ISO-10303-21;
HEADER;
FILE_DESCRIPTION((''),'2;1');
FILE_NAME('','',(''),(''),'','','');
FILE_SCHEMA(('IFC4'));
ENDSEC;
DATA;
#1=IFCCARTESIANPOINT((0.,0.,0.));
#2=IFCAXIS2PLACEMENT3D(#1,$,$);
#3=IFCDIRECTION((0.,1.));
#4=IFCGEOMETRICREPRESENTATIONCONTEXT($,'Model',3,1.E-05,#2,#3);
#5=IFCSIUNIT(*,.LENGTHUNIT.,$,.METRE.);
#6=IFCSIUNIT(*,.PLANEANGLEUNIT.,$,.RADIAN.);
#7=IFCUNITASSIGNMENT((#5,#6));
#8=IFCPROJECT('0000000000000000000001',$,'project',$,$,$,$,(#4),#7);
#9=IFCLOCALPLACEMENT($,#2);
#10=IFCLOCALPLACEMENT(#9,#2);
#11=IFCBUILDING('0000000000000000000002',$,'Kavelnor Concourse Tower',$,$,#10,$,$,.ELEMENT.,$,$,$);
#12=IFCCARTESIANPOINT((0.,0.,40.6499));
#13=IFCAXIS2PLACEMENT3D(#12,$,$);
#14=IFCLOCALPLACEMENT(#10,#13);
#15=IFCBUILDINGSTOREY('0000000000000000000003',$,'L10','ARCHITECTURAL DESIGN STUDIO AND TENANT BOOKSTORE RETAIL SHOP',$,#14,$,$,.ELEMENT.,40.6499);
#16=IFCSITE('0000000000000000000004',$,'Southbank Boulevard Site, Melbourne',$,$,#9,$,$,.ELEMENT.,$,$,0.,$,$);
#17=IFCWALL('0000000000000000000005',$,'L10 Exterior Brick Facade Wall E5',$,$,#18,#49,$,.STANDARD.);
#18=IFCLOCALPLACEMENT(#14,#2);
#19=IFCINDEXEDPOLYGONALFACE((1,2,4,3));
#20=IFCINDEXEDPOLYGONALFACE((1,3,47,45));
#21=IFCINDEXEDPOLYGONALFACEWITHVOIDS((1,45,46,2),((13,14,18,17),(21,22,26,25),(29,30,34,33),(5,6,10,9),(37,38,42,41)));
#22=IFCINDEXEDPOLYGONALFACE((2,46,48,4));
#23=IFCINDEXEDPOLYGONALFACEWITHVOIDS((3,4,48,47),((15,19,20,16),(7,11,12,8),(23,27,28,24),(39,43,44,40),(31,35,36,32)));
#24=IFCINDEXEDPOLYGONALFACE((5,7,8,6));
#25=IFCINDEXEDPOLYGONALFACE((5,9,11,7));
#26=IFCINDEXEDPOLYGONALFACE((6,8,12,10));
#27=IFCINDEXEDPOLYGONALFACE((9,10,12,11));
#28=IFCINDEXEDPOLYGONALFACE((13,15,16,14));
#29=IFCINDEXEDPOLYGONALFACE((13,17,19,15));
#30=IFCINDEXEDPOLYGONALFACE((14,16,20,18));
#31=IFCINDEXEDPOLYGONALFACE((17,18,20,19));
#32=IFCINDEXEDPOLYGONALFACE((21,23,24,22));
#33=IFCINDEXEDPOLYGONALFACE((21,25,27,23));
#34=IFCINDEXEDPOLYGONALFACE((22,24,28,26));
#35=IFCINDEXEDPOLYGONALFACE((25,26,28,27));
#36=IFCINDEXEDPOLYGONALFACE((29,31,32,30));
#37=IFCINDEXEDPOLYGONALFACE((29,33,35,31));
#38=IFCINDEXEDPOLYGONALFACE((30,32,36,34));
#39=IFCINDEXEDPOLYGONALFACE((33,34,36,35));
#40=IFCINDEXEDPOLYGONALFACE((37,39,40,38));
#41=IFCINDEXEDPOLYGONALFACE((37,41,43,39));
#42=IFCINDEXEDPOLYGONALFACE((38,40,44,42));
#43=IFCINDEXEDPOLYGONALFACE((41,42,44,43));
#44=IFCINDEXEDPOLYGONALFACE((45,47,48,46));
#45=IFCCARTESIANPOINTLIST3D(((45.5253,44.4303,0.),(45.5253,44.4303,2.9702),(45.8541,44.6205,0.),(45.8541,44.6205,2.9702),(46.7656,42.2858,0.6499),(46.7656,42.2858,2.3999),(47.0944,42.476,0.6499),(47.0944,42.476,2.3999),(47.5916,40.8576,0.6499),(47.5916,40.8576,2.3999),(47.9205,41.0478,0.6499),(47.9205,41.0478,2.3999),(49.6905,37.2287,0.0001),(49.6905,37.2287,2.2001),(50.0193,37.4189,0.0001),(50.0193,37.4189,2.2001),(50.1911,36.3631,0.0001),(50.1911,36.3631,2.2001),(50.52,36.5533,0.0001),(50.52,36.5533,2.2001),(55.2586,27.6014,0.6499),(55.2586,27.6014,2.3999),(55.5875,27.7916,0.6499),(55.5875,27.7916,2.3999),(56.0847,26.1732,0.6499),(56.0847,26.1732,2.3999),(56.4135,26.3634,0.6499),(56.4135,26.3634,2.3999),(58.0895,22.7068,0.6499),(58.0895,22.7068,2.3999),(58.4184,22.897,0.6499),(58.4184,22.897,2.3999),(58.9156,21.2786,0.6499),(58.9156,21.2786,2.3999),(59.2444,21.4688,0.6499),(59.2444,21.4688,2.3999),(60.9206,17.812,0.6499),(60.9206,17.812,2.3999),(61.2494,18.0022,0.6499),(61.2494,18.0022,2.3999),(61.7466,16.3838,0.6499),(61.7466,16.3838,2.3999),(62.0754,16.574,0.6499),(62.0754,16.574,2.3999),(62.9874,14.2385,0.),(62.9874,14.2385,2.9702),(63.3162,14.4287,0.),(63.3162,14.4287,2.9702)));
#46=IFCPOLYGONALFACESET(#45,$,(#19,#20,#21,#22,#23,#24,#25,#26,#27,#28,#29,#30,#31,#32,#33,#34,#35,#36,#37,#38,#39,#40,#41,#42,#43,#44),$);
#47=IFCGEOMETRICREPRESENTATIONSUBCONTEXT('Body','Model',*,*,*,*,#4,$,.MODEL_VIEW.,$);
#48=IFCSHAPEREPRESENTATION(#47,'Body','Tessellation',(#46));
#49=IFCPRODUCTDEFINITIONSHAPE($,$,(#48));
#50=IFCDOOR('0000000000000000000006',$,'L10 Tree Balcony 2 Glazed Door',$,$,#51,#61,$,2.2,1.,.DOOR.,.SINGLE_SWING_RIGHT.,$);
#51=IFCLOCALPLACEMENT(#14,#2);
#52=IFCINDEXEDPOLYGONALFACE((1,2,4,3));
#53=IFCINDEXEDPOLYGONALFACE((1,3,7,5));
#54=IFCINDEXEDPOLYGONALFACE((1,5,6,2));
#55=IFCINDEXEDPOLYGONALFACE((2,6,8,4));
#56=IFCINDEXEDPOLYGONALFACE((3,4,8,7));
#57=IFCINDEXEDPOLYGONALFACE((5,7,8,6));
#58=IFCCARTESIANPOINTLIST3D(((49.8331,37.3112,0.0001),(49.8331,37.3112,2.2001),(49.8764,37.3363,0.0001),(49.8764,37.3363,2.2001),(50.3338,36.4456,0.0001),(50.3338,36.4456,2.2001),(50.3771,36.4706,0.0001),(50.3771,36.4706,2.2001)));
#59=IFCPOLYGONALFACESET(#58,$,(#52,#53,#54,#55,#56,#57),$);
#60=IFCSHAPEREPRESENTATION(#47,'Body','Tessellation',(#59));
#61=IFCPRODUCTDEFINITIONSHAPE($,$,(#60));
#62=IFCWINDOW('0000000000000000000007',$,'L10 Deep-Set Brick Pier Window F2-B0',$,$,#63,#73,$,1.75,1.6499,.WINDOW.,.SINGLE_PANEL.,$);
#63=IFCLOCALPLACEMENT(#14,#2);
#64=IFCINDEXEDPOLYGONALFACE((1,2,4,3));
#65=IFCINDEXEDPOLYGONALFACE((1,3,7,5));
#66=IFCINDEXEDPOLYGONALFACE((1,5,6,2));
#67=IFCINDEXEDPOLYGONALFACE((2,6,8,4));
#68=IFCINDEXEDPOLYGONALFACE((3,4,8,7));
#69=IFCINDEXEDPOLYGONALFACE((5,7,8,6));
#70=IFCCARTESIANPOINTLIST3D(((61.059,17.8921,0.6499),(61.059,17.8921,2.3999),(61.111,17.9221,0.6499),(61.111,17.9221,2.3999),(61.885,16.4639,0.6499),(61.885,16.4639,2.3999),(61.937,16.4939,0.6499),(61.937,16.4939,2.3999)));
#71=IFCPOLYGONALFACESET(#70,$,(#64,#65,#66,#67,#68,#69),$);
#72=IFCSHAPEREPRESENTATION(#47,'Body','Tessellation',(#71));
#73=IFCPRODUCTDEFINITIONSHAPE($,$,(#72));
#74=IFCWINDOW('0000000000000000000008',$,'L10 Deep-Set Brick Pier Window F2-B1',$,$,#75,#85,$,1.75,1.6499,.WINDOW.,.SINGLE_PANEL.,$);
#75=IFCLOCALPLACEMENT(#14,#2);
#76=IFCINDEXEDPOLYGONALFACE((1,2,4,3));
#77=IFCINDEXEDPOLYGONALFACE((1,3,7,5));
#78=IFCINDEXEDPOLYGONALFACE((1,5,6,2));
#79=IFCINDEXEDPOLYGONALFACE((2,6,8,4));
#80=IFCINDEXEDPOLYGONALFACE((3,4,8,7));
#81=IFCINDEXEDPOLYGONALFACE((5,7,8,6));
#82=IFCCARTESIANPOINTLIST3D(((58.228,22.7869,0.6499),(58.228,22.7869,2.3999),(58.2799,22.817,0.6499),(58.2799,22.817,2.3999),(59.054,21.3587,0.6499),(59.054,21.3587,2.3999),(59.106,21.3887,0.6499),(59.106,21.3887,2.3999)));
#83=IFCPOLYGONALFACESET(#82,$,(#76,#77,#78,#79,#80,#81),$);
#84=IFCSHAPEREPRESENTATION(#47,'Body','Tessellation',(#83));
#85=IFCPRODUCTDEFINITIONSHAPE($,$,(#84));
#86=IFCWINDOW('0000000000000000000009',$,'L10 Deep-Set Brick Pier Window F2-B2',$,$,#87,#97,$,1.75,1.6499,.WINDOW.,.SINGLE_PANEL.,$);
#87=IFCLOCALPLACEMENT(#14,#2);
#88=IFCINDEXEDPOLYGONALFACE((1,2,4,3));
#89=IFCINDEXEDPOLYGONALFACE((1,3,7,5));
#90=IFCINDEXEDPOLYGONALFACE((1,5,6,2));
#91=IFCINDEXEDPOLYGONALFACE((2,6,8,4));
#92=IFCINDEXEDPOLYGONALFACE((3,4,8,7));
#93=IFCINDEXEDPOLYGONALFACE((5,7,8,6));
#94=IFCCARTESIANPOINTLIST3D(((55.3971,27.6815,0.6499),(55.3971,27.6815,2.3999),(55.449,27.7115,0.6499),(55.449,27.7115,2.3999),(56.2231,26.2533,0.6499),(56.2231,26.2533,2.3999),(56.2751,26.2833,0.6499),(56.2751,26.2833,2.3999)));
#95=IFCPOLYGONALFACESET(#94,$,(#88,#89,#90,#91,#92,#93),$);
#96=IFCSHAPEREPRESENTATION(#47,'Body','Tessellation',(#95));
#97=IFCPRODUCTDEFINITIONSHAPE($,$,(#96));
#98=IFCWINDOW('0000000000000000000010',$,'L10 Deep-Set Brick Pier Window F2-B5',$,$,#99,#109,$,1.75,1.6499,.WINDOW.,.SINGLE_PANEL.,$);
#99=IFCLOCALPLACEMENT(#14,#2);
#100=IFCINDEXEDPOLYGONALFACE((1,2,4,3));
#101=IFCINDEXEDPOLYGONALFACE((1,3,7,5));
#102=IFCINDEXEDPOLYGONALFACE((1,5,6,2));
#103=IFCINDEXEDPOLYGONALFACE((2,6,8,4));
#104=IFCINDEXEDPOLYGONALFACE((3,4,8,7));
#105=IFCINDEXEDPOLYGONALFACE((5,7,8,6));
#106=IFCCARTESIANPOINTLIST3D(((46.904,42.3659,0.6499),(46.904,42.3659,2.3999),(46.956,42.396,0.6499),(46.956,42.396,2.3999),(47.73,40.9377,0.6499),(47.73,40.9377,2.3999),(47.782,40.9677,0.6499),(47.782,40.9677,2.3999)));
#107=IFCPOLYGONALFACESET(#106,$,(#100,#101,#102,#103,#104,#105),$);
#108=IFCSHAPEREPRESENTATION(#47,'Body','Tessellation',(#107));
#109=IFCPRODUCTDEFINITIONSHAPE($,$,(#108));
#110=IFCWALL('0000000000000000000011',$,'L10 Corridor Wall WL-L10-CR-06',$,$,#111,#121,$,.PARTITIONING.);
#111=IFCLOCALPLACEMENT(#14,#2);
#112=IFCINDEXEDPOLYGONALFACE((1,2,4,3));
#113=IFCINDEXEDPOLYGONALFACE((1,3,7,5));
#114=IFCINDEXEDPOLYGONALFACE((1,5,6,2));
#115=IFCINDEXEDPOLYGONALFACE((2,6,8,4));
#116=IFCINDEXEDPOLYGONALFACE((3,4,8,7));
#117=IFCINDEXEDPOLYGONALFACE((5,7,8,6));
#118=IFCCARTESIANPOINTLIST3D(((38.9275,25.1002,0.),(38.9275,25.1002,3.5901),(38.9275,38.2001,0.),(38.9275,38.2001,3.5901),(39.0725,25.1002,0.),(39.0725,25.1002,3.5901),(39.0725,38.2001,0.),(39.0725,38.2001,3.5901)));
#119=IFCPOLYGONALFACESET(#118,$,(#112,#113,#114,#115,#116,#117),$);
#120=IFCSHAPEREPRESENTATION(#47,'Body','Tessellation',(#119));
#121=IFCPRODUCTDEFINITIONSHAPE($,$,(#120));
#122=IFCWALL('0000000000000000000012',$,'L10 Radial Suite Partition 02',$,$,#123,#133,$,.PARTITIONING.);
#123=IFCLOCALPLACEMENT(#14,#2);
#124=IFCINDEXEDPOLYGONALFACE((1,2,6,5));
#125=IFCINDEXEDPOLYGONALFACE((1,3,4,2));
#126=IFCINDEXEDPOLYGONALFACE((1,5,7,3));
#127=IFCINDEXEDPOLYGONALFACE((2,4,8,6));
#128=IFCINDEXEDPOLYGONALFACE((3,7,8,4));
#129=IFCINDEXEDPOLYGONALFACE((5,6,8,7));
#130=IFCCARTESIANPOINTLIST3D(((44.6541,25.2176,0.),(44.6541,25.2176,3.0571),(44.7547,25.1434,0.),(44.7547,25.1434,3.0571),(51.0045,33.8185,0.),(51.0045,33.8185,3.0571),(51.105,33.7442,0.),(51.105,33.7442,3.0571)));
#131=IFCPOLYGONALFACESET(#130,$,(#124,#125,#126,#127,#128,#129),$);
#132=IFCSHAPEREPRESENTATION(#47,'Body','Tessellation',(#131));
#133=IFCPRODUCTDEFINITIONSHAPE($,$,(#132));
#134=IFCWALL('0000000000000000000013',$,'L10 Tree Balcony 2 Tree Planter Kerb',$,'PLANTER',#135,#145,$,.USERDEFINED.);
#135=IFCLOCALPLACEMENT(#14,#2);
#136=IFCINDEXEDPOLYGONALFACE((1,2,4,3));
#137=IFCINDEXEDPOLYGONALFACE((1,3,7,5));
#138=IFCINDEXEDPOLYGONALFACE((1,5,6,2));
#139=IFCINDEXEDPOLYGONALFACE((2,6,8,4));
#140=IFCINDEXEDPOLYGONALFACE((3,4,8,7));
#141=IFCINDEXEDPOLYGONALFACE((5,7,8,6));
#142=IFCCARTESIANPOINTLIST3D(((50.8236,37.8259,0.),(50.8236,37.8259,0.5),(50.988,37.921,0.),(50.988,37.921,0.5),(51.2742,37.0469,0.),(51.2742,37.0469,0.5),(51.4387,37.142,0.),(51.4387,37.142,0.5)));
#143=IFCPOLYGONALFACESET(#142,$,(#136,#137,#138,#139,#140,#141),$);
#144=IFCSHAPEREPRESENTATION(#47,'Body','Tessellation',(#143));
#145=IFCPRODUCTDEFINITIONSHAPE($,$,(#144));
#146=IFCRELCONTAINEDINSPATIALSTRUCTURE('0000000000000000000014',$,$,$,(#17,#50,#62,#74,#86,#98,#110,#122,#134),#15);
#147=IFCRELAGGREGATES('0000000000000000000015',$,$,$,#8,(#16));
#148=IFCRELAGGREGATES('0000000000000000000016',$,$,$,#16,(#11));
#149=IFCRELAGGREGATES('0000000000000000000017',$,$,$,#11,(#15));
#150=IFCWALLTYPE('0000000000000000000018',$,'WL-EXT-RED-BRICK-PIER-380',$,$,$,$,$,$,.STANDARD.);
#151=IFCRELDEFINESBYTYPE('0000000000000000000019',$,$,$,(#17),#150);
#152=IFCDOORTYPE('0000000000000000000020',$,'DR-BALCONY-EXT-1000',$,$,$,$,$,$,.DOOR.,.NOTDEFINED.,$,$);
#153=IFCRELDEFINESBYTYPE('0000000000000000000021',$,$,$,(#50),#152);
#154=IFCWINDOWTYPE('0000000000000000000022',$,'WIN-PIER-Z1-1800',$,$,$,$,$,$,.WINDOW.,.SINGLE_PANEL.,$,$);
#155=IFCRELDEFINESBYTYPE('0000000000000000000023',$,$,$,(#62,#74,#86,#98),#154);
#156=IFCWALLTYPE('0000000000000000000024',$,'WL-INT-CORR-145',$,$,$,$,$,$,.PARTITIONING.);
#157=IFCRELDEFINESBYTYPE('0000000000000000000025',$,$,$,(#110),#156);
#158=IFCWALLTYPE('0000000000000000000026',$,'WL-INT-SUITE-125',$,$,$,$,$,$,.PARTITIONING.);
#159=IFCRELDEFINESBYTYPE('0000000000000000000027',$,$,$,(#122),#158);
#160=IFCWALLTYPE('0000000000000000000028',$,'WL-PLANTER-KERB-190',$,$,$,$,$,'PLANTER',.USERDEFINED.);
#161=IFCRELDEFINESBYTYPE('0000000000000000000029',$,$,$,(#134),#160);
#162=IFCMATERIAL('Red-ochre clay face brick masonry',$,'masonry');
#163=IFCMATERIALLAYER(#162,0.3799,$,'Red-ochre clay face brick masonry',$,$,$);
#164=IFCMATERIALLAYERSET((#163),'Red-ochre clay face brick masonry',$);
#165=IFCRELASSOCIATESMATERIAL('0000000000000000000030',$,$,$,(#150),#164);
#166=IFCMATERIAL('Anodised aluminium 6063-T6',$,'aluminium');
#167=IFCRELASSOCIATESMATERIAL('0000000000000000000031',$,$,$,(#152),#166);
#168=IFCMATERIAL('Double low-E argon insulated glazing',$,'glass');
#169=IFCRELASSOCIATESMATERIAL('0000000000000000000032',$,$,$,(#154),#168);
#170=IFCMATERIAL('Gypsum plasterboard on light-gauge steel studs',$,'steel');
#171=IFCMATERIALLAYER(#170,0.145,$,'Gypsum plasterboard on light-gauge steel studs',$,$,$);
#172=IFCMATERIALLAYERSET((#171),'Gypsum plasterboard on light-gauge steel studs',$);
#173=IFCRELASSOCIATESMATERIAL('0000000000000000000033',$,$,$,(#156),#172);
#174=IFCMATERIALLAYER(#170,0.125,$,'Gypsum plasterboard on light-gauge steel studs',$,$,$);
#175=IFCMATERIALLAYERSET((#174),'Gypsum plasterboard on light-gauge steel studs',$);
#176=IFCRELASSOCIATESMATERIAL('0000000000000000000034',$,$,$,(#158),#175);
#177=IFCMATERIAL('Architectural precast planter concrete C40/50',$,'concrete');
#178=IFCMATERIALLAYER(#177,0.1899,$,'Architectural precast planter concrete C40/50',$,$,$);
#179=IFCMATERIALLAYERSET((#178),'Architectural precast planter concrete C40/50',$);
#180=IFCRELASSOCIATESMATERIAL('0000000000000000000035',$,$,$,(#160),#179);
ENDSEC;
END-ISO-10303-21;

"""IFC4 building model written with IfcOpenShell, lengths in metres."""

from ifc_helpers import new_model, si_unit, direction, frame, frame_2d, origin, place, context, subcontext, project, spatial, rectangle, extrude, material, layer, layer_set, type_object, element, fill, save


model = new_model("IFC4")

# Units and contexts
model_context = context("Model", 3, precision=1e-05, world=origin(), true_north=direction((0.0, 1.0)))
body_context = subcontext(model_context, "Body", "Model", "MODEL_VIEW")
ifc_project = project(units=[si_unit("LENGTHUNIT", "METRE"), si_unit("PLANEANGLEUNIT", "RADIAN")], contexts=[model_context])

# Site, building, storey
site_placement = place(None, origin())
site = spatial("IfcSite", under=ifc_project, at=site_placement, Name="Southbank Boulevard Site, Melbourne", CompositionType="ELEMENT", RefElevation=0.0)
building_placement = place(site_placement, origin())
building = spatial("IfcBuilding", under=site, at=building_placement, Name="Kavelnor Concourse Tower", CompositionType="ELEMENT")
storey_placement = place(building_placement, frame((0.0, 0.0, 40.6499)))
storey = spatial("IfcBuildingStorey", under=building, at=storey_placement, Name="L10", Description="ARCHITECTURAL DESIGN STUDIO AND TENANT BOOKSTORE RETAIL SHOP", CompositionType="ELEMENT", Elevation=40.6499)

# Wall, openings, door, windows
ifc_material_1 = material(Name="Red-ochre clay face brick masonry", Category="masonry")
ifc_layer_1 = layer(ifc_material_1, 0.3799, Name="Red-ochre clay face brick masonry")
ifc_layer_set_1 = layer_set([ifc_layer_1], Name="Red-ochre clay face brick masonry")
wall_type_1 = type_object("IfcWallType", Name="WL-EXT-RED-BRICK-PIER-380", PredefinedType="STANDARD", material=ifc_layer_set_1)
wall_1_placement = place(storey_placement, frame((45.6897, 44.5254, 0.0), z_axis=(0.0, 0.0, 1.0), x_axis=(0.500663, -0.865642, 0.0)))
wall_1 = element("IfcWall", 1, at=wall_1_placement, inside=storey, type_object=wall_type_1, Name="L10 Exterior Brick Facade Wall E5", PredefinedType="STANDARD", context=body_context, shape_type="SweptSolid", body=[
    extrude(rectangle(XDim=34.8779, YDim=0.3799, at=frame_2d((17.439, 0.0))), origin(), (0.0, 0.0, 1.0), 2.9702),
])
opening_1_placement = place(wall_1_placement, frame((8.3193, 0.0, 0.0)))
opening_1 = element("IfcOpeningElement", 2, at=opening_1_placement, cuts=wall_1, PredefinedType="OPENING", context=body_context, shape_type="SweptSolid", body=[
    extrude(rectangle(XDim=1.0, YDim=2.2, at=frame_2d((0.5, 1.1001))), frame((0.0, 0.2, 0.0), z_axis=(0.0, -1.0, 0.0), x_axis=(1.0, 0.0, 0.0)), (0.0, 0.0, 1.0), 0.3999),
])
opening_2_placement = place(wall_1_placement, frame((30.7498, 0.0, 0.6499)))
opening_2 = element("IfcOpeningElement", 3, at=opening_2_placement, cuts=wall_1, PredefinedType="OPENING", context=body_context, shape_type="SweptSolid", body=[
    extrude(rectangle(XDim=1.6499, YDim=1.75, at=frame_2d((0.825, 0.875))), frame((0.0, 0.2, 0.0), z_axis=(0.0, -1.0, 0.0), x_axis=(1.0, 0.0, 0.0)), (0.0, 0.0, 1.0), 0.3999),
])
opening_3_placement = place(wall_1_placement, frame((25.0952, 0.0, 0.6499)))
opening_3 = element("IfcOpeningElement", 4, at=opening_3_placement, cuts=wall_1, PredefinedType="OPENING", context=body_context, shape_type="SweptSolid", body=[
    extrude(rectangle(XDim=1.6499, YDim=1.75, at=frame_2d((0.825, 0.875))), frame((0.0, 0.2, 0.0), z_axis=(0.0, -1.0, 0.0), x_axis=(1.0, 0.0, 0.0)), (0.0, 0.0, 1.0), 0.3999),
])
opening_4_placement = place(wall_1_placement, frame((19.4409, 0.0, 0.6499)))
opening_4 = element("IfcOpeningElement", 5, at=opening_4_placement, cuts=wall_1, PredefinedType="OPENING", context=body_context, shape_type="SweptSolid", body=[
    extrude(rectangle(XDim=1.6499, YDim=1.75, at=frame_2d((0.825, 0.875))), frame((0.0, 0.2, 0.0), z_axis=(0.0, -1.0, 0.0), x_axis=(1.0, 0.0, 0.0)), (0.0, 0.0, 1.0), 0.3999),
])
opening_5_placement = place(wall_1_placement, frame((2.4773, 0.0, 0.6499)))
opening_5 = element("IfcOpeningElement", 6, at=opening_5_placement, cuts=wall_1, PredefinedType="OPENING", context=body_context, shape_type="SweptSolid", body=[
    extrude(rectangle(XDim=1.6499, YDim=1.75, at=frame_2d((0.825, 0.875))), frame((0.0, 0.2, 0.0), z_axis=(0.0, -1.0, 0.0), x_axis=(1.0, 0.0, 0.0)), (0.0, 0.0, 1.0), 0.3999),
])
ifc_material_2 = material(Name="Anodised aluminium 6063-T6", Category="aluminium")
door_type = type_object("IfcDoorType", Name="DR-BALCONY-EXT-1000", OperationType="NOTDEFINED", PredefinedType="DOOR", material=ifc_material_2)
door_placement = place(opening_1_placement, origin())
door = element("IfcDoor", 7, at=door_placement, inside=storey, type_object=door_type, Name="L10 Tree Balcony 2 Glazed Door", OperationType="SINGLE_SWING_RIGHT", OverallHeight=2.2, OverallWidth=1.0, PredefinedType="DOOR", context=body_context, shape_type="SweptSolid", body=[
    extrude(rectangle(XDim=1.0, YDim=2.2, at=frame_2d((0.5, 1.1001))), frame((0.0, 0.0249, 0.0), z_axis=(0.0, -1.0, 0.0), x_axis=(1.0, 0.0, 0.0)), (0.0, 0.0, 1.0), 0.05),
])
fill(opening_1, door)
ifc_material_3 = material(Name="Double low-E argon insulated glazing", Category="glass")
window_type = type_object("IfcWindowType", Name="WIN-PIER-Z1-1800", PartitioningType="SINGLE_PANEL", PredefinedType="WINDOW", material=ifc_material_3)
window_1_placement = place(opening_2_placement, origin())
window_1 = element("IfcWindow", 8, at=window_1_placement, inside=storey, type_object=window_type, Name="L10 Deep-Set Brick Pier Window F2-B0", OverallHeight=1.75, OverallWidth=1.6499, PartitioningType="SINGLE_PANEL", PredefinedType="WINDOW", context=body_context, shape_type="SweptSolid", body=[
    extrude(rectangle(XDim=1.6499, YDim=1.75, at=frame_2d((0.825, 0.875))), frame((0.0, 0.03, 0.0), z_axis=(0.0, -1.0, 0.0), x_axis=(1.0, 0.0, 0.0)), (0.0, 0.0, 1.0), 0.0601),
])
fill(opening_2, window_1)
window_2_placement = place(opening_3_placement, origin())
window_2 = element("IfcWindow", 9, at=window_2_placement, inside=storey, type_object=window_type, Name="L10 Deep-Set Brick Pier Window F2-B1", OverallHeight=1.75, OverallWidth=1.6499, PartitioningType="SINGLE_PANEL", PredefinedType="WINDOW", context=body_context, shape_type="SweptSolid", body=[
    extrude(rectangle(XDim=1.6499, YDim=1.75, at=frame_2d((0.825, 0.875))), frame((0.0, 0.03, 0.0), z_axis=(0.0, -1.0, 0.0), x_axis=(1.0, 0.0, 0.0)), (0.0, 0.0, 1.0), 0.0601),
])
fill(opening_3, window_2)
window_3_placement = place(opening_4_placement, origin())
window_3 = element("IfcWindow", 10, at=window_3_placement, inside=storey, type_object=window_type, Name="L10 Deep-Set Brick Pier Window F2-B2", OverallHeight=1.75, OverallWidth=1.6499, PartitioningType="SINGLE_PANEL", PredefinedType="WINDOW", context=body_context, shape_type="SweptSolid", body=[
    extrude(rectangle(XDim=1.6499, YDim=1.75, at=frame_2d((0.825, 0.875))), frame((0.0, 0.03, 0.0), z_axis=(0.0, -1.0, 0.0), x_axis=(1.0, 0.0, 0.0)), (0.0, 0.0, 1.0), 0.0601),
])
fill(opening_4, window_3)
window_4_placement = place(opening_5_placement, origin())
window_4 = element("IfcWindow", 11, at=window_4_placement, inside=storey, type_object=window_type, Name="L10 Deep-Set Brick Pier Window F2-B5", OverallHeight=1.75, OverallWidth=1.6499, PartitioningType="SINGLE_PANEL", PredefinedType="WINDOW", context=body_context, shape_type="SweptSolid", body=[
    extrude(rectangle(XDim=1.6499, YDim=1.75, at=frame_2d((0.825, 0.875))), frame((0.0, 0.03, 0.0), z_axis=(0.0, -1.0, 0.0), x_axis=(1.0, 0.0, 0.0)), (0.0, 0.0, 1.0), 0.0601),
])
fill(opening_5, window_4)

# Walls
ifc_material_4 = material(Name="Gypsum plasterboard on light-gauge steel studs", Category="steel")
ifc_layer_2 = layer(ifc_material_4, 0.145, Name="Gypsum plasterboard on light-gauge steel studs")
ifc_layer_set_2 = layer_set([ifc_layer_2], Name="Gypsum plasterboard on light-gauge steel studs")
wall_type_2 = type_object("IfcWallType", Name="WL-INT-CORR-145", PredefinedType="PARTITIONING", material=ifc_layer_set_2)
wall_2_placement = place(storey_placement, frame((39.0, 38.2, 0.0), z_axis=(0.0, 0.0, 1.0), x_axis=(0.0, -1.0, 0.0)))
element("IfcWall", 12, at=wall_2_placement, inside=storey, type_object=wall_type_2, Name="L10 Corridor Wall WL-L10-CR-06", PredefinedType="PARTITIONING", context=body_context, shape_type="SweptSolid", body=[
    extrude(rectangle(XDim=13.0999, YDim=0.145, at=frame_2d((6.5498, 0.0))), origin(), (0.0, 0.0, 1.0), 3.5901),
])
ifc_layer_3 = layer(ifc_material_4, 0.125, Name="Gypsum plasterboard on light-gauge steel studs")
ifc_layer_set_3 = layer_set([ifc_layer_3], Name="Gypsum plasterboard on light-gauge steel studs")
wall_type_3 = type_object("IfcWallType", Name="WL-INT-SUITE-125", PredefinedType="PARTITIONING", material=ifc_layer_set_3)
wall_3_placement = place(storey_placement, frame((44.7043, 25.1804, 0.0), z_axis=(0.0, 0.0, 1.0), x_axis=(0.59398, 0.80448, 0.0)))
element("IfcWall", 13, at=wall_3_placement, inside=storey, type_object=wall_type_3, Name="L10 Radial Suite Partition 02", PredefinedType="PARTITIONING", context=body_context, shape_type="SweptSolid", body=[
    extrude(rectangle(XDim=10.6912, YDim=0.125, at=frame_2d((5.3457, 0.0))), origin(), (0.0, 0.0, 1.0), 3.0571),
])
ifc_material_5 = material(Name="Architectural precast planter concrete C40/50", Category="concrete")
ifc_layer_4 = layer(ifc_material_5, 0.1899, Name="Architectural precast planter concrete C40/50")
ifc_layer_set_4 = layer_set([ifc_layer_4], Name="Architectural precast planter concrete C40/50")
wall_type_4 = type_object("IfcWallType", Name="WL-PLANTER-KERB-190", ElementType="PLANTER", PredefinedType="USERDEFINED", material=ifc_layer_set_4)
wall_4_placement = place(storey_placement, frame((51.3564, 37.0945, 0.0), z_axis=(0.0, 0.0, 1.0), x_axis=(-0.500748, 0.865593, 0.0)))
element("IfcWall", 14, at=wall_4_placement, inside=storey, type_object=wall_type_4, Name="L10 Tree Balcony 2 Tree Planter Kerb", ObjectType="PLANTER", PredefinedType="USERDEFINED", context=body_context, shape_type="SweptSolid", body=[
    extrude(rectangle(XDim=0.8999, YDim=0.1899, at=frame_2d((0.45, 0.0))), origin(), (0.0, 0.0, 1.0), 0.5),
])

save(model, "model.ifc")
